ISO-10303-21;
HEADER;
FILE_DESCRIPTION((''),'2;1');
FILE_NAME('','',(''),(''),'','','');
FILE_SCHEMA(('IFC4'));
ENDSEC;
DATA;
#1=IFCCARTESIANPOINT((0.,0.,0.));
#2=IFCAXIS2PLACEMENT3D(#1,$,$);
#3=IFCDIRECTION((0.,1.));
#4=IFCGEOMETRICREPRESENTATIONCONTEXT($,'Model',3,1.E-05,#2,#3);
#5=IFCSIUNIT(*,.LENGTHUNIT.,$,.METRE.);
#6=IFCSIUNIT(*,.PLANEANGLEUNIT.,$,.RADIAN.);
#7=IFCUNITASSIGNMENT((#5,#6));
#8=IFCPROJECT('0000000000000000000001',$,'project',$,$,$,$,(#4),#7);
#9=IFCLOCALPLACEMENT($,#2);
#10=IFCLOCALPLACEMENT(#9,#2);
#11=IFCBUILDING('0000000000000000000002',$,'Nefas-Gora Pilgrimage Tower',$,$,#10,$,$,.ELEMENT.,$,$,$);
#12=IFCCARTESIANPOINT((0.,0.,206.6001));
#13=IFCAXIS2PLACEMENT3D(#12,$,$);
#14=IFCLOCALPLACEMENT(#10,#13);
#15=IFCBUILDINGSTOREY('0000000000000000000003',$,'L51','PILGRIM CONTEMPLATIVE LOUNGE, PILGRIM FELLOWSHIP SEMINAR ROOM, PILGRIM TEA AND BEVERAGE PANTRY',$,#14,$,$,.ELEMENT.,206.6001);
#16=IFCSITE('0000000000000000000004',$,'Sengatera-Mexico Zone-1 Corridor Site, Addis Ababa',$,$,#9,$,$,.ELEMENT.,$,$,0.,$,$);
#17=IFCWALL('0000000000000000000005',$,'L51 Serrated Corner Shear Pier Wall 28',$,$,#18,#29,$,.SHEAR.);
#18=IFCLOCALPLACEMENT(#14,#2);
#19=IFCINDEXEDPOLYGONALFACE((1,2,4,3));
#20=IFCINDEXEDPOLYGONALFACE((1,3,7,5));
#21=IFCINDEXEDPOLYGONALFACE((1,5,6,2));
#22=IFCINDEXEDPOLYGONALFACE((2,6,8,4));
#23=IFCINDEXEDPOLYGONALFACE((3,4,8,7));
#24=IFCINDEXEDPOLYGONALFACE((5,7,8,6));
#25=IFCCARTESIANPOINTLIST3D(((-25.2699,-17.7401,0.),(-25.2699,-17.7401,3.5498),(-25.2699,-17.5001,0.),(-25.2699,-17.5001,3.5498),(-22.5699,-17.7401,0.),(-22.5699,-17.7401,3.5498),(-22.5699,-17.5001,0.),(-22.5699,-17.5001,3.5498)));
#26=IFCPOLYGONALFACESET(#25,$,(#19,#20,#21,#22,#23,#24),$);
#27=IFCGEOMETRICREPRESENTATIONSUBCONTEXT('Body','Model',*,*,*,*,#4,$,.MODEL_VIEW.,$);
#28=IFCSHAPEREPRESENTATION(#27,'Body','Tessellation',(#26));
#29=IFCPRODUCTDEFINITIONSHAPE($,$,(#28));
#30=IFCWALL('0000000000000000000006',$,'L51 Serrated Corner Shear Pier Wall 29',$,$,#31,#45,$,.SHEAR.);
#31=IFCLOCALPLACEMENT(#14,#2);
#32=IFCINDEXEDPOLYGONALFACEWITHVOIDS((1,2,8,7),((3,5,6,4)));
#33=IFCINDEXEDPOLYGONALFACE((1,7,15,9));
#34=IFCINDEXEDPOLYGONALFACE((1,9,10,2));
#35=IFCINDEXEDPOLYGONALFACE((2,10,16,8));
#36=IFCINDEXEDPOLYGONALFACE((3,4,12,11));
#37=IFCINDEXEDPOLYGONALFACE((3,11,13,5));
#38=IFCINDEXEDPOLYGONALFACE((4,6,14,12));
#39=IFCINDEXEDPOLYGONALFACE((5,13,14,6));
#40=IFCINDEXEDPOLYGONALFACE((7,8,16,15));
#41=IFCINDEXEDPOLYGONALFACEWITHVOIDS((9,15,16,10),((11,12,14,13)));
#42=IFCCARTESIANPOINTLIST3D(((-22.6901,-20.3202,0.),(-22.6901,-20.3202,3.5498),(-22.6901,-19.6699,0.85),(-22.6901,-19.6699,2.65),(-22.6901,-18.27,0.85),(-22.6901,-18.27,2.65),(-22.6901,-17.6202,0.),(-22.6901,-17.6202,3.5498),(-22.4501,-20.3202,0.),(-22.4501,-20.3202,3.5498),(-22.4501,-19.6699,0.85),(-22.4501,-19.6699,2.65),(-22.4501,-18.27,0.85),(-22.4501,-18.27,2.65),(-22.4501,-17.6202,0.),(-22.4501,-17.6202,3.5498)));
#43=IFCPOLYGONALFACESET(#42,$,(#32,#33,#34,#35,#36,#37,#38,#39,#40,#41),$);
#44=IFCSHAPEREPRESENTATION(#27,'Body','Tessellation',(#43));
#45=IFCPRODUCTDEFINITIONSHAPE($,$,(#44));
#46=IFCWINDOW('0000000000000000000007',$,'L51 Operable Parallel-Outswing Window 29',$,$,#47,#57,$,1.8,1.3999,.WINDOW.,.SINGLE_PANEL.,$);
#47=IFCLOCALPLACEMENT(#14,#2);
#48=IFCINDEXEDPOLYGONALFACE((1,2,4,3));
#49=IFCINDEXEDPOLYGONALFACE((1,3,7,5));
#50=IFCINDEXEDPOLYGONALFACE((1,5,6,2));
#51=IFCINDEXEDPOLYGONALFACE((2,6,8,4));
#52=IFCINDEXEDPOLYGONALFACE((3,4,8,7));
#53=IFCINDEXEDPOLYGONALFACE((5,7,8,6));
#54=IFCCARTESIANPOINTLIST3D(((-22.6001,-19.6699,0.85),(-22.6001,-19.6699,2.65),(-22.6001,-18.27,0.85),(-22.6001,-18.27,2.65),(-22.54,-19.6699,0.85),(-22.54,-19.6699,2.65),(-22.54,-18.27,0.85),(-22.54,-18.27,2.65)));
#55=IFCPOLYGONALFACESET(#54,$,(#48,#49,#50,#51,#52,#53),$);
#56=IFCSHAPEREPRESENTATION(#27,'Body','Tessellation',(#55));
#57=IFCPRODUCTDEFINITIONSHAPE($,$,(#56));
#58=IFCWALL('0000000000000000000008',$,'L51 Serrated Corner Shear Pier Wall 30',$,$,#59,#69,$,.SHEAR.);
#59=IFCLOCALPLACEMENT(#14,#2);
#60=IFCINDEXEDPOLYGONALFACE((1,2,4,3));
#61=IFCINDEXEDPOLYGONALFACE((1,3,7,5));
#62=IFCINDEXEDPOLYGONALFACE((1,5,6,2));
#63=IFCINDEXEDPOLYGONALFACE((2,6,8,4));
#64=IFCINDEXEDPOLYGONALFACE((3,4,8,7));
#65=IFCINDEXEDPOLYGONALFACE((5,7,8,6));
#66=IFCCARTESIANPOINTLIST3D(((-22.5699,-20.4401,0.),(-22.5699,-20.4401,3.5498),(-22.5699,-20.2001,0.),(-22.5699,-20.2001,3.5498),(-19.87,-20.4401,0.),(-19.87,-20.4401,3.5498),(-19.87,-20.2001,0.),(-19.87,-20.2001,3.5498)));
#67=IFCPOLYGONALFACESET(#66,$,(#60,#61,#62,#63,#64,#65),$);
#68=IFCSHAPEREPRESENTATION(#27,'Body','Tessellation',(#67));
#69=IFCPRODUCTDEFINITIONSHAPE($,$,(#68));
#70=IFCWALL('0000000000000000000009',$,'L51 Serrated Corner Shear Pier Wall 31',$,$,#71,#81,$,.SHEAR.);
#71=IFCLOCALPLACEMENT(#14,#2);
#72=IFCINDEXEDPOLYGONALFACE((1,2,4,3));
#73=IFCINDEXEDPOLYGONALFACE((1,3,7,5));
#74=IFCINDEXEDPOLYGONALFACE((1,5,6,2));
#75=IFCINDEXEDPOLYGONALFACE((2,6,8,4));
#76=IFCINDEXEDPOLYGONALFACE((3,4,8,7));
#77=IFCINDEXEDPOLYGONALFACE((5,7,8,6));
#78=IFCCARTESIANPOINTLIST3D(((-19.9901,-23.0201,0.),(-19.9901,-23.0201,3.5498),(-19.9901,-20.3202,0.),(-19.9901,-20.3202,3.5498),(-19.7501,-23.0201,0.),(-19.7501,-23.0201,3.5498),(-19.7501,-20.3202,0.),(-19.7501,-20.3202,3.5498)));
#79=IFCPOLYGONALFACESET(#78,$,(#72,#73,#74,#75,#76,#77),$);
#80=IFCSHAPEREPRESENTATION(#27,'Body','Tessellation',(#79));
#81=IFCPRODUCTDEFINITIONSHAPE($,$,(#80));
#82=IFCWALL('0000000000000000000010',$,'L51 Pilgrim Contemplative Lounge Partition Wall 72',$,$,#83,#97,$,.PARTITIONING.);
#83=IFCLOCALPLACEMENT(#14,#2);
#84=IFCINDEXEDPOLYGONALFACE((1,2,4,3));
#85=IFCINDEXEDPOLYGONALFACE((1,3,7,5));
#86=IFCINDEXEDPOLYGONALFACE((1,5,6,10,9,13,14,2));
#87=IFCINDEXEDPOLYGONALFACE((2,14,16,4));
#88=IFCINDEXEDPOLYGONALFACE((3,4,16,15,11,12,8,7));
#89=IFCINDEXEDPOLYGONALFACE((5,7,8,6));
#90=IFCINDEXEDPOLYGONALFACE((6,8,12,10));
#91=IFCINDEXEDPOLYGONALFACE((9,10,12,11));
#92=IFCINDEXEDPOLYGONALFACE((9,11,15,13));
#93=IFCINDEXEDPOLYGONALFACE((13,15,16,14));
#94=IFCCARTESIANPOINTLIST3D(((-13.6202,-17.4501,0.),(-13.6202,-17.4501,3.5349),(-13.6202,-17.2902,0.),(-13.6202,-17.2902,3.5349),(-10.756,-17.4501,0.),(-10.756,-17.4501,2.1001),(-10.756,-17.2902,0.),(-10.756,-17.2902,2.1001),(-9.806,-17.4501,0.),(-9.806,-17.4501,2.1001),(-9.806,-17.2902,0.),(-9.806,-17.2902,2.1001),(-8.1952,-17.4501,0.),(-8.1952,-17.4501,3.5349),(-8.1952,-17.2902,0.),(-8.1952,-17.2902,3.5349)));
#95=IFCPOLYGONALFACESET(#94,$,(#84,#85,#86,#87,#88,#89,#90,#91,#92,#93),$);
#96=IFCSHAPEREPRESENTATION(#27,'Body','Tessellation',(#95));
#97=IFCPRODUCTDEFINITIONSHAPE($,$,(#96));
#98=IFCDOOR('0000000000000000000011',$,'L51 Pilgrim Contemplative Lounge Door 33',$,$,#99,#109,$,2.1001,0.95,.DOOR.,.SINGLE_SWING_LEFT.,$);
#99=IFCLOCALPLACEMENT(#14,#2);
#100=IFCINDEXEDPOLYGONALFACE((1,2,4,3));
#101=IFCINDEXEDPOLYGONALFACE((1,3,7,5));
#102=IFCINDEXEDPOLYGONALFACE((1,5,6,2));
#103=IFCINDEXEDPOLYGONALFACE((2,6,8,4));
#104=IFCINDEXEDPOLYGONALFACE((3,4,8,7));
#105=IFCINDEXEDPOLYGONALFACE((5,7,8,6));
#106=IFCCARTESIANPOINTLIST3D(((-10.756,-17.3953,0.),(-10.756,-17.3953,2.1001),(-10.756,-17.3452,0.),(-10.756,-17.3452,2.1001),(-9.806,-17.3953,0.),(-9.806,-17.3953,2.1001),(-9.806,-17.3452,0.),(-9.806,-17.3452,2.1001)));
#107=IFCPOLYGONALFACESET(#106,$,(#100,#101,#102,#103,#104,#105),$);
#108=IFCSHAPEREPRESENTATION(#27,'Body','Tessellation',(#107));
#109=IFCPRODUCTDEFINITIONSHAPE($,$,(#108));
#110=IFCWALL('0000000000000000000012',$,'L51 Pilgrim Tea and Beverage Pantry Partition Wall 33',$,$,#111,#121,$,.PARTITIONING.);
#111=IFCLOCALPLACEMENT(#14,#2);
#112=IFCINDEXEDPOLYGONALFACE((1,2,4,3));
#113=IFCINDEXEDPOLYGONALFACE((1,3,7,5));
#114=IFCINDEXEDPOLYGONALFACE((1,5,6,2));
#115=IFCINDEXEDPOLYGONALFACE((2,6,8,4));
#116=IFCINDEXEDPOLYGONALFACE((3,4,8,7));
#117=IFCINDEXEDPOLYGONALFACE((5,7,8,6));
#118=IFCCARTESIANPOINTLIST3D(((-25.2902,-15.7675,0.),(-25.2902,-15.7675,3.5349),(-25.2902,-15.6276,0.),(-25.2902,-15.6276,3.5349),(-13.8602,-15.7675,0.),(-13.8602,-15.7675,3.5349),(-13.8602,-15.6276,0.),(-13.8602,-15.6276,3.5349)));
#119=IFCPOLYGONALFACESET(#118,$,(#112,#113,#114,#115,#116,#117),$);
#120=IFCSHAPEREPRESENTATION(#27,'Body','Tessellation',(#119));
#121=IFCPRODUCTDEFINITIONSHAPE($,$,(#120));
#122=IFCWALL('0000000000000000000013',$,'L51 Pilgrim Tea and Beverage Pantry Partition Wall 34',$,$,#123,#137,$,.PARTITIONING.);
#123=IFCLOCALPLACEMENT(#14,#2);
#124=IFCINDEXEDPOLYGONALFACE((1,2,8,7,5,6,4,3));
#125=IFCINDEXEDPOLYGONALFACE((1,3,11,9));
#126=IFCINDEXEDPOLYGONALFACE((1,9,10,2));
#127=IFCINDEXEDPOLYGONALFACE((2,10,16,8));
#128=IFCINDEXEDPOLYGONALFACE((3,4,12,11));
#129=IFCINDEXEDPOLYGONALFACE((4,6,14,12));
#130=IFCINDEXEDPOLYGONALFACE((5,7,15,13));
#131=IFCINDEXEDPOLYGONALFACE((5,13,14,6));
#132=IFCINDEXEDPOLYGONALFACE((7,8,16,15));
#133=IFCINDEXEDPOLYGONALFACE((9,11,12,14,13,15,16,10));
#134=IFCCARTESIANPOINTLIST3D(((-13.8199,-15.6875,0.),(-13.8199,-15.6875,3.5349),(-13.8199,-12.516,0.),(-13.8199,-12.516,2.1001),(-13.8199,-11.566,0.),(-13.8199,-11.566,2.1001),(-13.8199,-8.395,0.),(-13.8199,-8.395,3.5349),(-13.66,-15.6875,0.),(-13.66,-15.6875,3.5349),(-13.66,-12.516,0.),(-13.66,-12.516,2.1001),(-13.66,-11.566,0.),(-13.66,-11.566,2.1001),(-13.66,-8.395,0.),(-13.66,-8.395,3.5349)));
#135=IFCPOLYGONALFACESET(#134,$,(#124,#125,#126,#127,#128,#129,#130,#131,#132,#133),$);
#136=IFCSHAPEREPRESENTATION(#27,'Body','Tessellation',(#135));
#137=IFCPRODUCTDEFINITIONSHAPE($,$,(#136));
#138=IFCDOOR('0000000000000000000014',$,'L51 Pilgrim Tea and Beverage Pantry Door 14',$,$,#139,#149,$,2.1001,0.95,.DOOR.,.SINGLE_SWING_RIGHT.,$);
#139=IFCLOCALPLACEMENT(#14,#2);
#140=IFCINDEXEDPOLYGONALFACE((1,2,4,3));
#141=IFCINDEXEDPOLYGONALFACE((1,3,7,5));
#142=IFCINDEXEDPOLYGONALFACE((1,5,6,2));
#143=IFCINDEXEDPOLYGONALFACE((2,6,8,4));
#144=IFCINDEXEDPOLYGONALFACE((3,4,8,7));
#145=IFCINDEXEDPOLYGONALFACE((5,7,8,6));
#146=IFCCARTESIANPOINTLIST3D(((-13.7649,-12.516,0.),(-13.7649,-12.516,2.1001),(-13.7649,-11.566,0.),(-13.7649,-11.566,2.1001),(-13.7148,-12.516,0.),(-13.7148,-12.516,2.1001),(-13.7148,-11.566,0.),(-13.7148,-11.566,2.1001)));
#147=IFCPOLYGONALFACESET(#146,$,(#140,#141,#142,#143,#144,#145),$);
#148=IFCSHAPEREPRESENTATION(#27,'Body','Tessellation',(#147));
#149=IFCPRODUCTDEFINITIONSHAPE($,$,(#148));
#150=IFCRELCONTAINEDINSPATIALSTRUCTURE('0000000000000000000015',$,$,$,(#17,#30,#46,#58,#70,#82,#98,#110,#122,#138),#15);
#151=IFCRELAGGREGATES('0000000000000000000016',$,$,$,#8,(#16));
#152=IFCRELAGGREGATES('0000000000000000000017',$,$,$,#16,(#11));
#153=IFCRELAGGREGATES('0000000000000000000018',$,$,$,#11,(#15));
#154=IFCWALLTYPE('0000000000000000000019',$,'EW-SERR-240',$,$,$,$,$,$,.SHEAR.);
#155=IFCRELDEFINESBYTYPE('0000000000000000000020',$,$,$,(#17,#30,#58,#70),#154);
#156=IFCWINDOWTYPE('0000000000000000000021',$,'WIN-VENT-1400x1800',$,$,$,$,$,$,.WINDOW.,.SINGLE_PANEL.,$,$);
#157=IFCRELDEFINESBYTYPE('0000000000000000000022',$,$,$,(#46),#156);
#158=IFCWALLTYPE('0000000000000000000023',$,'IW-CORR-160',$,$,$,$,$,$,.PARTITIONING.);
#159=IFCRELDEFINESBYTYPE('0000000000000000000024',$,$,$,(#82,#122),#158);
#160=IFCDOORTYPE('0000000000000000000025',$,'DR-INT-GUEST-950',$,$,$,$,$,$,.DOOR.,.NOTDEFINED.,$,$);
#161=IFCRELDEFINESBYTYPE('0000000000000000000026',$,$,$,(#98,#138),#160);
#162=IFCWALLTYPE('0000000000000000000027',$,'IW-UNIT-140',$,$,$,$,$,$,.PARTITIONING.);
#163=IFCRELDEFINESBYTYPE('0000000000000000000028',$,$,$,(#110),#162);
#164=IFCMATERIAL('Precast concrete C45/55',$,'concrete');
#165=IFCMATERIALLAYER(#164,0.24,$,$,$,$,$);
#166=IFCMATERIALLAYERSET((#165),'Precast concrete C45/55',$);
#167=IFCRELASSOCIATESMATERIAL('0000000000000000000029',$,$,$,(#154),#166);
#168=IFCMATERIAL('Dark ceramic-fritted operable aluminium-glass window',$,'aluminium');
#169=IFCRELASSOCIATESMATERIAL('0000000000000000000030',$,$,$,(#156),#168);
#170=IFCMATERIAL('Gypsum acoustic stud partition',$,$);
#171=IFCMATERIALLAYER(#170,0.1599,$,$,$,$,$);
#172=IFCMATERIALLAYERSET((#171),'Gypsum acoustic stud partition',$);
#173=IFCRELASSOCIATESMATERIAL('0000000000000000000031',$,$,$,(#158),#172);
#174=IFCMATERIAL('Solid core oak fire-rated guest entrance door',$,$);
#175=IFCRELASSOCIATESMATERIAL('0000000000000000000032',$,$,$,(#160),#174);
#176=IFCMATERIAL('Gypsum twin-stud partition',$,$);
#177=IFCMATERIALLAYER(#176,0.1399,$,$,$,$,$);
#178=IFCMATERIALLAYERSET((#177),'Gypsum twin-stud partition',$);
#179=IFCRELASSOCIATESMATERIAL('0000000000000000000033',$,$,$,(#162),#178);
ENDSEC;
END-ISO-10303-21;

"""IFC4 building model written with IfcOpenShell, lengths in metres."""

from ifc_helpers import new_model, si_unit, direction, frame, frame_2d, origin, place, context, subcontext, project, spatial, rectangle, extrude, source, transform, mapped, material, layer, layer_set, type_object, element, fill, save


model = new_model("IFC4")

# Units and contexts
model_context = context("Model", 3, precision=1e-05, world=origin(), true_north=direction((0.0, 1.0)))
body_context = subcontext(model_context, "Body", "Model", "MODEL_VIEW")
ifc_project = project(units=[si_unit("LENGTHUNIT", "METRE"), si_unit("PLANEANGLEUNIT", "RADIAN")], contexts=[model_context])

# Site, building, storey
site_placement = place(None, origin())
site = spatial("IfcSite", under=ifc_project, at=site_placement, Name="Sengatera-Mexico Zone-1 Corridor Site, Addis Ababa", CompositionType="ELEMENT", RefElevation=0.0)
building_placement = place(site_placement, origin())
building = spatial("IfcBuilding", under=site, at=building_placement, Name="Nefas-Gora Pilgrimage Tower", CompositionType="ELEMENT")
storey_placement = place(building_placement, frame((0.0, 0.0, 206.6001)))
storey = spatial("IfcBuildingStorey", under=building, at=storey_placement, Name="L51", Description="PILGRIM CONTEMPLATIVE LOUNGE, PILGRIM FELLOWSHIP SEMINAR ROOM, PILGRIM TEA AND BEVERAGE PANTRY", CompositionType="ELEMENT", Elevation=206.6001)

# Wall
ifc_material_1 = material(Name="Precast concrete C45/55", Category="concrete")
ifc_layer_1 = layer(ifc_material_1, 0.24)
ifc_layer_set_1 = layer_set([ifc_layer_1], Name="Precast concrete C45/55")
wall_type_1 = type_object("IfcWallType", Name="EW-SERR-240", PredefinedType="SHEAR", material=ifc_layer_set_1)
shared_shape_1 = source(origin(), body_context, "Body", "SweptSolid", [
    extrude(rectangle(XDim=2.7, YDim=0.24, at=frame_2d((1.3501, 0.0))), origin(), (0.0, 0.0, 1.0), 3.5498),
])
wall_1_placement = place(storey_placement, frame((-25.27, -17.6201, 0.0), z_axis=(0.0, 0.0, 1.0), x_axis=(1.0, 0.0, 0.0)))
element("IfcWall", 1, at=wall_1_placement, inside=storey, type_object=wall_type_1, Name="L51 Serrated Corner Shear Pier Wall 28", PredefinedType="SHEAR", context=body_context, shape_type="MappedRepresentation", body=[
    mapped(shared_shape_1, transform((0.0, 0.0, 0.0), x_axis=(1.0, 0.0, 0.0), y_axis=(0.0, 1.0, 0.0), z_axis=(0.0, 0.0, 1.0), scale=1.0)),
])

# Wall, opening, window
wall_2_placement = place(storey_placement, frame((-22.5701, -17.6201, 0.0), z_axis=(0.0, 0.0, 1.0), x_axis=(0.0, -1.0, 0.0)))
wall_2 = element("IfcWall", 2, at=wall_2_placement, inside=storey, type_object=wall_type_1, Name="L51 Serrated Corner Shear Pier Wall 29", PredefinedType="SHEAR", context=body_context, shape_type="MappedRepresentation", body=[
    mapped(shared_shape_1, transform((0.0, 0.0, 0.0), x_axis=(1.0, 0.0, 0.0), y_axis=(0.0, 1.0, 0.0), z_axis=(0.0, 0.0, 1.0), scale=1.0)),
])
opening_1_placement = place(wall_2_placement, frame((0.6499, 0.0, 0.8501)))
opening_1 = element("IfcOpeningElement", 3, at=opening_1_placement, cuts=wall_2, PredefinedType="OPENING", context=body_context, shape_type="SweptSolid", body=[
    extrude(rectangle(XDim=1.3999, YDim=1.8, at=frame_2d((0.7, 0.8999))), frame((0.0, 0.1299, 0.0), z_axis=(0.0, -1.0, 0.0), x_axis=(1.0, 0.0, 0.0)), (0.0, 0.0, 1.0), 0.26),
])
ifc_material_2 = material(Name="Dark ceramic-fritted operable aluminium-glass window", Category="aluminium")
window_type = type_object("IfcWindowType", Name="WIN-VENT-1400x1800", PartitioningType="SINGLE_PANEL", PredefinedType="WINDOW", material=ifc_material_2)
shared_shape_2 = source(origin(), body_context, "Body", "SweptSolid", [
    extrude(rectangle(XDim=1.3999, YDim=1.8, at=frame_2d((0.7, 0.8999))), frame((0.0, 0.03, 0.0), z_axis=(0.0, -1.0, 0.0), x_axis=(1.0, 0.0, 0.0)), (0.0, 0.0, 1.0), 0.0601),
])
window_placement = place(opening_1_placement, origin())
window = element("IfcWindow", 4, at=window_placement, inside=storey, type_object=window_type, Name="L51 Operable Parallel-Outswing Window 29", OverallHeight=1.8, OverallWidth=1.3999, PartitioningType="SINGLE_PANEL", PredefinedType="WINDOW", context=body_context, shape_type="MappedRepresentation", body=[
    mapped(shared_shape_2, transform((0.0, 0.0, 0.0), x_axis=(1.0, 0.0, 0.0), y_axis=(0.0, 1.0, 0.0), z_axis=(0.0, 0.0, 1.0), scale=1.0)),
])
fill(opening_1, window)

# Walls
for number, where, z_axis, x_axis, name in (
    (5, (-22.5701, -20.3201, 0.0), (0.0, 0.0, 1.0), (1.0, 0.0, 0.0), "L51 Serrated Corner Shear Pier Wall 30"),
    (6, (-19.8701, -20.3201, 0.0), (0.0, 0.0, 1.0), (0.0, -1.0, 0.0), "L51 Serrated Corner Shear Pier Wall 31"),
):
    element("IfcWall", number, at=place(storey_placement, frame(where, z_axis=z_axis, x_axis=x_axis)), inside=storey, type_object=wall_type_1, Name=name, PredefinedType="SHEAR", context=body_context, shape_type="MappedRepresentation", body=[
        mapped(shared_shape_1, transform((0.0, 0.0, 0.0), x_axis=(1.0, 0.0, 0.0), y_axis=(0.0, 1.0, 0.0), z_axis=(0.0, 0.0, 1.0), scale=1.0)),
    ])

# Wall, opening, door
ifc_material_3 = material(Name="Gypsum acoustic stud partition")
ifc_layer_2 = layer(ifc_material_3, 0.1599)
ifc_layer_set_2 = layer_set([ifc_layer_2], Name="Gypsum acoustic stud partition")
wall_type_2 = type_object("IfcWallType", Name="IW-CORR-160", PredefinedType="PARTITIONING", material=ifc_layer_set_2)
shared_shape_3 = source(origin(), body_context, "Body", "SweptSolid", [
    extrude(rectangle(XDim=5.425, YDim=0.1599, at=frame_2d((2.7124, 0.0))), origin(), (0.0, 0.0, 1.0), 3.5349),
])
wall_3_placement = place(storey_placement, frame((-13.6201, -17.3701, 0.0), z_axis=(0.0, 0.0, 1.0), x_axis=(1.0, 0.0, 0.0)))
wall_3 = element("IfcWall", 7, at=wall_3_placement, inside=storey, type_object=wall_type_2, Name="L51 Pilgrim Contemplative Lounge Partition Wall 72", PredefinedType="PARTITIONING", context=body_context, shape_type="MappedRepresentation", body=[
    mapped(shared_shape_3, transform((0.0, 0.0, 0.0), x_axis=(1.0, 0.0, 0.0), y_axis=(0.0, 1.0, 0.0), z_axis=(0.0, 0.0, 1.0), scale=1.0)),
])
opening_2_placement = place(wall_3_placement, frame((2.864, 0.0, 0.0)))
opening_2 = element("IfcOpeningElement", 8, at=opening_2_placement, cuts=wall_3, PredefinedType="OPENING", context=body_context, shape_type="SweptSolid", body=[
    extrude(rectangle(XDim=0.95, YDim=2.1001, at=frame_2d((0.4751, 1.05))), frame((0.0, 0.0898, 0.0), z_axis=(0.0, -1.0, 0.0), x_axis=(1.0, 0.0, 0.0)), (0.0, 0.0, 1.0), 0.1799),
])
ifc_material_4 = material(Name="Solid core oak fire-rated guest entrance door")
door_type = type_object("IfcDoorType", Name="DR-INT-GUEST-950", OperationType="NOTDEFINED", PredefinedType="DOOR", material=ifc_material_4)
shared_shape_4 = source(origin(), body_context, "Body", "SweptSolid", [
    extrude(rectangle(XDim=0.95, YDim=2.1001, at=frame_2d((0.4751, 1.05))), frame((0.0, 0.0249, 0.0), z_axis=(0.0, -1.0, 0.0), x_axis=(1.0, 0.0, 0.0)), (0.0, 0.0, 1.0), 0.05),
])
door_1_placement = place(opening_2_placement, origin())
door_1 = element("IfcDoor", 9, at=door_1_placement, inside=storey, type_object=door_type, Name="L51 Pilgrim Contemplative Lounge Door 33", OperationType="SINGLE_SWING_LEFT", OverallHeight=2.1001, OverallWidth=0.95, PredefinedType="DOOR", context=body_context, shape_type="MappedRepresentation", body=[
    mapped(shared_shape_4, transform((0.0, 0.0, 0.0), x_axis=(1.0, 0.0, 0.0), y_axis=(0.0, 1.0, 0.0), z_axis=(0.0, 0.0, 1.0), scale=1.0)),
])
fill(opening_2, door_1)

# Wall
ifc_material_5 = material(Name="Gypsum twin-stud partition")
ifc_layer_3 = layer(ifc_material_5, 0.1399)
ifc_layer_set_3 = layer_set([ifc_layer_3], Name="Gypsum twin-stud partition")
wall_type_3 = type_object("IfcWallType", Name="IW-UNIT-140", PredefinedType="PARTITIONING", material=ifc_layer_set_3)
shared_shape_5 = source(origin(), body_context, "Body", "SweptSolid", [
    extrude(rectangle(XDim=11.4299, YDim=0.1399, at=frame_2d((5.7148, 0.0))), origin(), (0.0, 0.0, 1.0), 3.5349),
])
wall_4_placement = place(storey_placement, frame((-25.29, -15.6975, 0.0), z_axis=(0.0, 0.0, 1.0), x_axis=(1.0, 0.0, 0.0)))
element("IfcWall", 10, at=wall_4_placement, inside=storey, type_object=wall_type_3, Name="L51 Pilgrim Tea and Beverage Pantry Partition Wall 33", PredefinedType="PARTITIONING", context=body_context, shape_type="MappedRepresentation", body=[
    mapped(shared_shape_5, transform((0.0, 0.0, 0.0), x_axis=(1.0, 0.0, 0.0), y_axis=(0.0, 1.0, 0.0), z_axis=(0.0, 0.0, 1.0), scale=1.0)),
])

# Wall, opening, door
shared_shape_6 = source(origin(), body_context, "Body", "SweptSolid", [
    extrude(rectangle(XDim=7.2925, YDim=0.1599, at=frame_2d((3.6462, 0.0))), origin(), (0.0, 0.0, 1.0), 3.5349),
])
wall_5_placement = place(storey_placement, frame((-13.74, -15.6875, 0.0), z_axis=(0.0, 0.0, 1.0), x_axis=(0.0, 1.0, 0.0)))
wall_5 = element("IfcWall", 11, at=wall_5_placement, inside=storey, type_object=wall_type_2, Name="L51 Pilgrim Tea and Beverage Pantry Partition Wall 34", PredefinedType="PARTITIONING", context=body_context, shape_type="MappedRepresentation", body=[
    mapped(shared_shape_6, transform((0.0, 0.0, 0.0), x_axis=(1.0, 0.0, 0.0), y_axis=(0.0, 1.0, 0.0), z_axis=(0.0, 0.0, 1.0), scale=1.0)),
])
opening_3_placement = place(wall_5_placement, frame((3.1714, 0.0, 0.0)))
opening_3 = element("IfcOpeningElement", 12, at=opening_3_placement, cuts=wall_5, PredefinedType="OPENING", context=body_context, shape_type="SweptSolid", body=[
    extrude(rectangle(XDim=0.95, YDim=2.1001, at=frame_2d((0.4751, 1.05))), frame((0.0, 0.0898, 0.0), z_axis=(0.0, -1.0, 0.0), x_axis=(1.0, 0.0, 0.0)), (0.0, 0.0, 1.0), 0.1799),
])
door_2_placement = place(opening_3_placement, origin())
door_2 = element("IfcDoor", 13, at=door_2_placement, inside=storey, type_object=door_type, Name="L51 Pilgrim Tea and Beverage Pantry Door 14", OperationType="SINGLE_SWING_RIGHT", OverallHeight=2.1001, OverallWidth=0.95, PredefinedType="DOOR", context=body_context, shape_type="MappedRepresentation", body=[
    mapped(shared_shape_4, transform((0.0, 0.0, 0.0), x_axis=(1.0, 0.0, 0.0), y_axis=(0.0, 1.0, 0.0), z_axis=(0.0, 0.0, 1.0), scale=1.0)),
])
fill(opening_3, door_2)

save(model, "model.ifc")
